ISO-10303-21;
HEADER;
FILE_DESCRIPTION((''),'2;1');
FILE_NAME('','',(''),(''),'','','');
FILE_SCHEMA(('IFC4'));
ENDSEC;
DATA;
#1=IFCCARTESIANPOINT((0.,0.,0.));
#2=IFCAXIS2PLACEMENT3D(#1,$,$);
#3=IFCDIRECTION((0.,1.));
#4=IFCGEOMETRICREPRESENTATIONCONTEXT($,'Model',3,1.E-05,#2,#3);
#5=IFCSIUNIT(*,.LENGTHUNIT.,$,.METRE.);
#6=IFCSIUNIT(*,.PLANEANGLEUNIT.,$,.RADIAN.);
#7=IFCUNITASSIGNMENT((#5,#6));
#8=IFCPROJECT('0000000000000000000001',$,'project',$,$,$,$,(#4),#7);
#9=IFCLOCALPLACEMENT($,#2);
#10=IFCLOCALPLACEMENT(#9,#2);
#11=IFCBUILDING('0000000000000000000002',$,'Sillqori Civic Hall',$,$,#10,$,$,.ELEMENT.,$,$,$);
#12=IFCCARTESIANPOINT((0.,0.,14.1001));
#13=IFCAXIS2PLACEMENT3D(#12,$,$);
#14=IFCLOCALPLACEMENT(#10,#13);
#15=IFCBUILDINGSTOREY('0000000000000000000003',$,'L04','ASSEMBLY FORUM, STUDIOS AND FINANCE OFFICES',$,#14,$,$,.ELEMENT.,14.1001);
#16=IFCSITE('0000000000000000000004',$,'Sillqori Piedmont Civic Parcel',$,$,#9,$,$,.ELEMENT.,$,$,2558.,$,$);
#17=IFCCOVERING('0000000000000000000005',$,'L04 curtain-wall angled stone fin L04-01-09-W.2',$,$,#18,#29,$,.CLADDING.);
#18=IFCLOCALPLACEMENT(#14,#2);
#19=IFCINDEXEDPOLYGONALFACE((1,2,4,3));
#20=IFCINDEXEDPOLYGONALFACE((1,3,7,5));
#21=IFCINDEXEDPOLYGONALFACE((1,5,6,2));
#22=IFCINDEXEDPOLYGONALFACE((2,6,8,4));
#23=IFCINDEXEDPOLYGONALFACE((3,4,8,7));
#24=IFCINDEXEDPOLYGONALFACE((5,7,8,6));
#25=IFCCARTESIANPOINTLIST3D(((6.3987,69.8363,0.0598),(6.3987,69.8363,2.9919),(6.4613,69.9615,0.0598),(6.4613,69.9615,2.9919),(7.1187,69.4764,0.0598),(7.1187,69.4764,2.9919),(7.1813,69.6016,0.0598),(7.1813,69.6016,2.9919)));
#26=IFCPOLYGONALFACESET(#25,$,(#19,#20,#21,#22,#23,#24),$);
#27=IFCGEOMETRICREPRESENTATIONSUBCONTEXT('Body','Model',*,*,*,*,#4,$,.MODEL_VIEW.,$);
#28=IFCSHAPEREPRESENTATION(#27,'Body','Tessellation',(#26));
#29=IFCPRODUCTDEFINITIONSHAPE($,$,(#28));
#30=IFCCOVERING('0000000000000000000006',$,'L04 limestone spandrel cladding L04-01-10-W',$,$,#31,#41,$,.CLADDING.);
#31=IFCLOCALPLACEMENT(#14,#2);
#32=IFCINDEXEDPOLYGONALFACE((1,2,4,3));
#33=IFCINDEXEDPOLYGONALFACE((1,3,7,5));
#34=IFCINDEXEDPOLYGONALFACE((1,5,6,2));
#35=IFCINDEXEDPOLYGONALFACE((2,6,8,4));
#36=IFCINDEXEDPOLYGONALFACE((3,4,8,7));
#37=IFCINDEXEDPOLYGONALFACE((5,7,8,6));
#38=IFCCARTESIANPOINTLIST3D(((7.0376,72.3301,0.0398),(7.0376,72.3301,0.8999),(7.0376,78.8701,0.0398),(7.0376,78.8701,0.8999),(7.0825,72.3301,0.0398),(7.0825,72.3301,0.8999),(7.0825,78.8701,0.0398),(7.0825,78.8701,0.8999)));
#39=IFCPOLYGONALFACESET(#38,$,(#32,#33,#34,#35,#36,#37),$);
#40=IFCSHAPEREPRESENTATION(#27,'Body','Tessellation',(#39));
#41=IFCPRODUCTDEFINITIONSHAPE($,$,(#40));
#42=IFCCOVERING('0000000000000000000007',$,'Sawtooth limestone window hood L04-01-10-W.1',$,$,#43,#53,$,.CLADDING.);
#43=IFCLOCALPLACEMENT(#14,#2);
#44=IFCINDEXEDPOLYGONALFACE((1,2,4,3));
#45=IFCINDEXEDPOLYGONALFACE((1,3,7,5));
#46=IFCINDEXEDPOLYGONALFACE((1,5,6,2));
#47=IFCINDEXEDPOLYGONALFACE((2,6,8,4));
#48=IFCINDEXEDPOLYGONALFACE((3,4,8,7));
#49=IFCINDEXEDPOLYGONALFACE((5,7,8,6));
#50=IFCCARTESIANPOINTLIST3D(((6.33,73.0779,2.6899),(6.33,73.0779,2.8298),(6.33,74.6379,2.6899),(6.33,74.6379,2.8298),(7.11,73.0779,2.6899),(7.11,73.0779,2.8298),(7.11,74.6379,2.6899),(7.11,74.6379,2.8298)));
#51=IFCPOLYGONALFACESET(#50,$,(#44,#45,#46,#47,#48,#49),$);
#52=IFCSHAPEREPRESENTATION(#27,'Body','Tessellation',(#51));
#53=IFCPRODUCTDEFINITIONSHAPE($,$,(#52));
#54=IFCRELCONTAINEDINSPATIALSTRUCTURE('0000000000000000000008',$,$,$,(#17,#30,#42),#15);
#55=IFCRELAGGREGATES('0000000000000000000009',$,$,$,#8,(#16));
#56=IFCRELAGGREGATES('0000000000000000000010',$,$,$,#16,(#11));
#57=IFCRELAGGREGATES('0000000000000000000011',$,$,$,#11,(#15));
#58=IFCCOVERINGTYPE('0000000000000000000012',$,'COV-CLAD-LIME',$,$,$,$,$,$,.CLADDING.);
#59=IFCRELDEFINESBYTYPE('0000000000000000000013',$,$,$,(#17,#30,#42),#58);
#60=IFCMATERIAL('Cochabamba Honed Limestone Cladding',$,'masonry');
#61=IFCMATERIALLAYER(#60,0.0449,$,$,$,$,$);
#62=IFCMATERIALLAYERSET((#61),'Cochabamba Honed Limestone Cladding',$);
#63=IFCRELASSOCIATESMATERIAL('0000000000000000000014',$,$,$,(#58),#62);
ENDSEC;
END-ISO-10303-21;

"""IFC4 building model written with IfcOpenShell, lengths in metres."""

from ifc_helpers import new_model, si_unit, direction, frame, frame_2d, origin, place, context, subcontext, project, spatial, rectangle, extrude, material, layer, layer_set, type_object, element, save


model = new_model("IFC4")

# Units and contexts
model_context = context("Model", 3, precision=1e-05, world=origin(), true_north=direction((0.0, 1.0)))
body_context = subcontext(model_context, "Body", "Model", "MODEL_VIEW")
ifc_project = project(units=[si_unit("LENGTHUNIT", "METRE"), si_unit("PLANEANGLEUNIT", "RADIAN")], contexts=[model_context])

# Site, building, storey
site_placement = place(None, origin())
site = spatial("IfcSite", under=ifc_project, at=site_placement, Name="Sillqori Piedmont Civic Parcel", CompositionType="ELEMENT", RefElevation=2558.0)
building_placement = place(site_placement, origin())
building = spatial("IfcBuilding", under=site, at=building_placement, Name="Sillqori Civic Hall", CompositionType="ELEMENT")
storey_placement = place(building_placement, frame((0.0, 0.0, 14.1001)))
storey = spatial("IfcBuildingStorey", under=building, at=storey_placement, Name="L04", Description="ASSEMBLY FORUM, STUDIOS AND FINANCE OFFICES", CompositionType="ELEMENT", Elevation=14.1001)

# Coverings
ifc_material_1 = material(Name="Cochabamba Honed Limestone Cladding", Category="masonry")
ifc_layer_1 = layer(ifc_material_1, 0.0449)
ifc_layer_set_1 = layer_set([ifc_layer_1], Name="Cochabamba Honed Limestone Cladding")
covering_type = type_object("IfcCoveringType", Name="COV-CLAD-LIME", PredefinedType="CLADDING", material=ifc_layer_set_1)
for number, where, z_axis, x_axis, name in (
    (1, (7.1499, 69.5391, 0.0598), (0.0, 0.0, 1.0), (-0.894488, 0.447092, 0.0), "L04 curtain-wall angled stone fin L04-01-09-W.2"),
):
    element("IfcCovering", number, at=place(storey_placement, frame(where, z_axis=z_axis, x_axis=x_axis)), inside=storey, type_object=covering_type, Name=name, PredefinedType="CLADDING", context=body_context, shape_type="SweptSolid", body=[
        extrude(rectangle(XDim=0.8049, YDim=0.1399, at=frame_2d((0.4023, 0.0))), origin(), (0.0, 0.0, 1.0), 2.9321),
    ])
covering_1_placement = place(storey_placement, frame((7.0601, 72.3301, 0.0398), z_axis=(0.0, 0.0, 1.0), x_axis=(0.0, 1.0, 0.0)))
element("IfcCovering", 2, at=covering_1_placement, inside=storey, type_object=covering_type, Name="L04 limestone spandrel cladding L04-01-10-W", PredefinedType="CLADDING", context=body_context, shape_type="SweptSolid", body=[
    extrude(rectangle(XDim=6.54, YDim=0.0449, at=frame_2d((3.27, 0.0))), origin(), (0.0, 0.0, 1.0), 0.8601),
])
covering_2_placement = place(storey_placement, frame((6.72, 73.0779, 2.6899), z_axis=(0.0, 0.0, 1.0), x_axis=(0.0, 1.0, 0.0)))
element("IfcCovering", 3, at=covering_2_placement, inside=storey, type_object=covering_type, Name="Sawtooth limestone window hood L04-01-10-W.1", PredefinedType="CLADDING", context=body_context, shape_type="SweptSolid", body=[
    extrude(rectangle(XDim=1.5601, YDim=0.78, at=frame_2d((0.78, 0.0))), origin(), (0.0, 0.0, 1.0), 0.1399),
])

save(model, "model.ifc")
